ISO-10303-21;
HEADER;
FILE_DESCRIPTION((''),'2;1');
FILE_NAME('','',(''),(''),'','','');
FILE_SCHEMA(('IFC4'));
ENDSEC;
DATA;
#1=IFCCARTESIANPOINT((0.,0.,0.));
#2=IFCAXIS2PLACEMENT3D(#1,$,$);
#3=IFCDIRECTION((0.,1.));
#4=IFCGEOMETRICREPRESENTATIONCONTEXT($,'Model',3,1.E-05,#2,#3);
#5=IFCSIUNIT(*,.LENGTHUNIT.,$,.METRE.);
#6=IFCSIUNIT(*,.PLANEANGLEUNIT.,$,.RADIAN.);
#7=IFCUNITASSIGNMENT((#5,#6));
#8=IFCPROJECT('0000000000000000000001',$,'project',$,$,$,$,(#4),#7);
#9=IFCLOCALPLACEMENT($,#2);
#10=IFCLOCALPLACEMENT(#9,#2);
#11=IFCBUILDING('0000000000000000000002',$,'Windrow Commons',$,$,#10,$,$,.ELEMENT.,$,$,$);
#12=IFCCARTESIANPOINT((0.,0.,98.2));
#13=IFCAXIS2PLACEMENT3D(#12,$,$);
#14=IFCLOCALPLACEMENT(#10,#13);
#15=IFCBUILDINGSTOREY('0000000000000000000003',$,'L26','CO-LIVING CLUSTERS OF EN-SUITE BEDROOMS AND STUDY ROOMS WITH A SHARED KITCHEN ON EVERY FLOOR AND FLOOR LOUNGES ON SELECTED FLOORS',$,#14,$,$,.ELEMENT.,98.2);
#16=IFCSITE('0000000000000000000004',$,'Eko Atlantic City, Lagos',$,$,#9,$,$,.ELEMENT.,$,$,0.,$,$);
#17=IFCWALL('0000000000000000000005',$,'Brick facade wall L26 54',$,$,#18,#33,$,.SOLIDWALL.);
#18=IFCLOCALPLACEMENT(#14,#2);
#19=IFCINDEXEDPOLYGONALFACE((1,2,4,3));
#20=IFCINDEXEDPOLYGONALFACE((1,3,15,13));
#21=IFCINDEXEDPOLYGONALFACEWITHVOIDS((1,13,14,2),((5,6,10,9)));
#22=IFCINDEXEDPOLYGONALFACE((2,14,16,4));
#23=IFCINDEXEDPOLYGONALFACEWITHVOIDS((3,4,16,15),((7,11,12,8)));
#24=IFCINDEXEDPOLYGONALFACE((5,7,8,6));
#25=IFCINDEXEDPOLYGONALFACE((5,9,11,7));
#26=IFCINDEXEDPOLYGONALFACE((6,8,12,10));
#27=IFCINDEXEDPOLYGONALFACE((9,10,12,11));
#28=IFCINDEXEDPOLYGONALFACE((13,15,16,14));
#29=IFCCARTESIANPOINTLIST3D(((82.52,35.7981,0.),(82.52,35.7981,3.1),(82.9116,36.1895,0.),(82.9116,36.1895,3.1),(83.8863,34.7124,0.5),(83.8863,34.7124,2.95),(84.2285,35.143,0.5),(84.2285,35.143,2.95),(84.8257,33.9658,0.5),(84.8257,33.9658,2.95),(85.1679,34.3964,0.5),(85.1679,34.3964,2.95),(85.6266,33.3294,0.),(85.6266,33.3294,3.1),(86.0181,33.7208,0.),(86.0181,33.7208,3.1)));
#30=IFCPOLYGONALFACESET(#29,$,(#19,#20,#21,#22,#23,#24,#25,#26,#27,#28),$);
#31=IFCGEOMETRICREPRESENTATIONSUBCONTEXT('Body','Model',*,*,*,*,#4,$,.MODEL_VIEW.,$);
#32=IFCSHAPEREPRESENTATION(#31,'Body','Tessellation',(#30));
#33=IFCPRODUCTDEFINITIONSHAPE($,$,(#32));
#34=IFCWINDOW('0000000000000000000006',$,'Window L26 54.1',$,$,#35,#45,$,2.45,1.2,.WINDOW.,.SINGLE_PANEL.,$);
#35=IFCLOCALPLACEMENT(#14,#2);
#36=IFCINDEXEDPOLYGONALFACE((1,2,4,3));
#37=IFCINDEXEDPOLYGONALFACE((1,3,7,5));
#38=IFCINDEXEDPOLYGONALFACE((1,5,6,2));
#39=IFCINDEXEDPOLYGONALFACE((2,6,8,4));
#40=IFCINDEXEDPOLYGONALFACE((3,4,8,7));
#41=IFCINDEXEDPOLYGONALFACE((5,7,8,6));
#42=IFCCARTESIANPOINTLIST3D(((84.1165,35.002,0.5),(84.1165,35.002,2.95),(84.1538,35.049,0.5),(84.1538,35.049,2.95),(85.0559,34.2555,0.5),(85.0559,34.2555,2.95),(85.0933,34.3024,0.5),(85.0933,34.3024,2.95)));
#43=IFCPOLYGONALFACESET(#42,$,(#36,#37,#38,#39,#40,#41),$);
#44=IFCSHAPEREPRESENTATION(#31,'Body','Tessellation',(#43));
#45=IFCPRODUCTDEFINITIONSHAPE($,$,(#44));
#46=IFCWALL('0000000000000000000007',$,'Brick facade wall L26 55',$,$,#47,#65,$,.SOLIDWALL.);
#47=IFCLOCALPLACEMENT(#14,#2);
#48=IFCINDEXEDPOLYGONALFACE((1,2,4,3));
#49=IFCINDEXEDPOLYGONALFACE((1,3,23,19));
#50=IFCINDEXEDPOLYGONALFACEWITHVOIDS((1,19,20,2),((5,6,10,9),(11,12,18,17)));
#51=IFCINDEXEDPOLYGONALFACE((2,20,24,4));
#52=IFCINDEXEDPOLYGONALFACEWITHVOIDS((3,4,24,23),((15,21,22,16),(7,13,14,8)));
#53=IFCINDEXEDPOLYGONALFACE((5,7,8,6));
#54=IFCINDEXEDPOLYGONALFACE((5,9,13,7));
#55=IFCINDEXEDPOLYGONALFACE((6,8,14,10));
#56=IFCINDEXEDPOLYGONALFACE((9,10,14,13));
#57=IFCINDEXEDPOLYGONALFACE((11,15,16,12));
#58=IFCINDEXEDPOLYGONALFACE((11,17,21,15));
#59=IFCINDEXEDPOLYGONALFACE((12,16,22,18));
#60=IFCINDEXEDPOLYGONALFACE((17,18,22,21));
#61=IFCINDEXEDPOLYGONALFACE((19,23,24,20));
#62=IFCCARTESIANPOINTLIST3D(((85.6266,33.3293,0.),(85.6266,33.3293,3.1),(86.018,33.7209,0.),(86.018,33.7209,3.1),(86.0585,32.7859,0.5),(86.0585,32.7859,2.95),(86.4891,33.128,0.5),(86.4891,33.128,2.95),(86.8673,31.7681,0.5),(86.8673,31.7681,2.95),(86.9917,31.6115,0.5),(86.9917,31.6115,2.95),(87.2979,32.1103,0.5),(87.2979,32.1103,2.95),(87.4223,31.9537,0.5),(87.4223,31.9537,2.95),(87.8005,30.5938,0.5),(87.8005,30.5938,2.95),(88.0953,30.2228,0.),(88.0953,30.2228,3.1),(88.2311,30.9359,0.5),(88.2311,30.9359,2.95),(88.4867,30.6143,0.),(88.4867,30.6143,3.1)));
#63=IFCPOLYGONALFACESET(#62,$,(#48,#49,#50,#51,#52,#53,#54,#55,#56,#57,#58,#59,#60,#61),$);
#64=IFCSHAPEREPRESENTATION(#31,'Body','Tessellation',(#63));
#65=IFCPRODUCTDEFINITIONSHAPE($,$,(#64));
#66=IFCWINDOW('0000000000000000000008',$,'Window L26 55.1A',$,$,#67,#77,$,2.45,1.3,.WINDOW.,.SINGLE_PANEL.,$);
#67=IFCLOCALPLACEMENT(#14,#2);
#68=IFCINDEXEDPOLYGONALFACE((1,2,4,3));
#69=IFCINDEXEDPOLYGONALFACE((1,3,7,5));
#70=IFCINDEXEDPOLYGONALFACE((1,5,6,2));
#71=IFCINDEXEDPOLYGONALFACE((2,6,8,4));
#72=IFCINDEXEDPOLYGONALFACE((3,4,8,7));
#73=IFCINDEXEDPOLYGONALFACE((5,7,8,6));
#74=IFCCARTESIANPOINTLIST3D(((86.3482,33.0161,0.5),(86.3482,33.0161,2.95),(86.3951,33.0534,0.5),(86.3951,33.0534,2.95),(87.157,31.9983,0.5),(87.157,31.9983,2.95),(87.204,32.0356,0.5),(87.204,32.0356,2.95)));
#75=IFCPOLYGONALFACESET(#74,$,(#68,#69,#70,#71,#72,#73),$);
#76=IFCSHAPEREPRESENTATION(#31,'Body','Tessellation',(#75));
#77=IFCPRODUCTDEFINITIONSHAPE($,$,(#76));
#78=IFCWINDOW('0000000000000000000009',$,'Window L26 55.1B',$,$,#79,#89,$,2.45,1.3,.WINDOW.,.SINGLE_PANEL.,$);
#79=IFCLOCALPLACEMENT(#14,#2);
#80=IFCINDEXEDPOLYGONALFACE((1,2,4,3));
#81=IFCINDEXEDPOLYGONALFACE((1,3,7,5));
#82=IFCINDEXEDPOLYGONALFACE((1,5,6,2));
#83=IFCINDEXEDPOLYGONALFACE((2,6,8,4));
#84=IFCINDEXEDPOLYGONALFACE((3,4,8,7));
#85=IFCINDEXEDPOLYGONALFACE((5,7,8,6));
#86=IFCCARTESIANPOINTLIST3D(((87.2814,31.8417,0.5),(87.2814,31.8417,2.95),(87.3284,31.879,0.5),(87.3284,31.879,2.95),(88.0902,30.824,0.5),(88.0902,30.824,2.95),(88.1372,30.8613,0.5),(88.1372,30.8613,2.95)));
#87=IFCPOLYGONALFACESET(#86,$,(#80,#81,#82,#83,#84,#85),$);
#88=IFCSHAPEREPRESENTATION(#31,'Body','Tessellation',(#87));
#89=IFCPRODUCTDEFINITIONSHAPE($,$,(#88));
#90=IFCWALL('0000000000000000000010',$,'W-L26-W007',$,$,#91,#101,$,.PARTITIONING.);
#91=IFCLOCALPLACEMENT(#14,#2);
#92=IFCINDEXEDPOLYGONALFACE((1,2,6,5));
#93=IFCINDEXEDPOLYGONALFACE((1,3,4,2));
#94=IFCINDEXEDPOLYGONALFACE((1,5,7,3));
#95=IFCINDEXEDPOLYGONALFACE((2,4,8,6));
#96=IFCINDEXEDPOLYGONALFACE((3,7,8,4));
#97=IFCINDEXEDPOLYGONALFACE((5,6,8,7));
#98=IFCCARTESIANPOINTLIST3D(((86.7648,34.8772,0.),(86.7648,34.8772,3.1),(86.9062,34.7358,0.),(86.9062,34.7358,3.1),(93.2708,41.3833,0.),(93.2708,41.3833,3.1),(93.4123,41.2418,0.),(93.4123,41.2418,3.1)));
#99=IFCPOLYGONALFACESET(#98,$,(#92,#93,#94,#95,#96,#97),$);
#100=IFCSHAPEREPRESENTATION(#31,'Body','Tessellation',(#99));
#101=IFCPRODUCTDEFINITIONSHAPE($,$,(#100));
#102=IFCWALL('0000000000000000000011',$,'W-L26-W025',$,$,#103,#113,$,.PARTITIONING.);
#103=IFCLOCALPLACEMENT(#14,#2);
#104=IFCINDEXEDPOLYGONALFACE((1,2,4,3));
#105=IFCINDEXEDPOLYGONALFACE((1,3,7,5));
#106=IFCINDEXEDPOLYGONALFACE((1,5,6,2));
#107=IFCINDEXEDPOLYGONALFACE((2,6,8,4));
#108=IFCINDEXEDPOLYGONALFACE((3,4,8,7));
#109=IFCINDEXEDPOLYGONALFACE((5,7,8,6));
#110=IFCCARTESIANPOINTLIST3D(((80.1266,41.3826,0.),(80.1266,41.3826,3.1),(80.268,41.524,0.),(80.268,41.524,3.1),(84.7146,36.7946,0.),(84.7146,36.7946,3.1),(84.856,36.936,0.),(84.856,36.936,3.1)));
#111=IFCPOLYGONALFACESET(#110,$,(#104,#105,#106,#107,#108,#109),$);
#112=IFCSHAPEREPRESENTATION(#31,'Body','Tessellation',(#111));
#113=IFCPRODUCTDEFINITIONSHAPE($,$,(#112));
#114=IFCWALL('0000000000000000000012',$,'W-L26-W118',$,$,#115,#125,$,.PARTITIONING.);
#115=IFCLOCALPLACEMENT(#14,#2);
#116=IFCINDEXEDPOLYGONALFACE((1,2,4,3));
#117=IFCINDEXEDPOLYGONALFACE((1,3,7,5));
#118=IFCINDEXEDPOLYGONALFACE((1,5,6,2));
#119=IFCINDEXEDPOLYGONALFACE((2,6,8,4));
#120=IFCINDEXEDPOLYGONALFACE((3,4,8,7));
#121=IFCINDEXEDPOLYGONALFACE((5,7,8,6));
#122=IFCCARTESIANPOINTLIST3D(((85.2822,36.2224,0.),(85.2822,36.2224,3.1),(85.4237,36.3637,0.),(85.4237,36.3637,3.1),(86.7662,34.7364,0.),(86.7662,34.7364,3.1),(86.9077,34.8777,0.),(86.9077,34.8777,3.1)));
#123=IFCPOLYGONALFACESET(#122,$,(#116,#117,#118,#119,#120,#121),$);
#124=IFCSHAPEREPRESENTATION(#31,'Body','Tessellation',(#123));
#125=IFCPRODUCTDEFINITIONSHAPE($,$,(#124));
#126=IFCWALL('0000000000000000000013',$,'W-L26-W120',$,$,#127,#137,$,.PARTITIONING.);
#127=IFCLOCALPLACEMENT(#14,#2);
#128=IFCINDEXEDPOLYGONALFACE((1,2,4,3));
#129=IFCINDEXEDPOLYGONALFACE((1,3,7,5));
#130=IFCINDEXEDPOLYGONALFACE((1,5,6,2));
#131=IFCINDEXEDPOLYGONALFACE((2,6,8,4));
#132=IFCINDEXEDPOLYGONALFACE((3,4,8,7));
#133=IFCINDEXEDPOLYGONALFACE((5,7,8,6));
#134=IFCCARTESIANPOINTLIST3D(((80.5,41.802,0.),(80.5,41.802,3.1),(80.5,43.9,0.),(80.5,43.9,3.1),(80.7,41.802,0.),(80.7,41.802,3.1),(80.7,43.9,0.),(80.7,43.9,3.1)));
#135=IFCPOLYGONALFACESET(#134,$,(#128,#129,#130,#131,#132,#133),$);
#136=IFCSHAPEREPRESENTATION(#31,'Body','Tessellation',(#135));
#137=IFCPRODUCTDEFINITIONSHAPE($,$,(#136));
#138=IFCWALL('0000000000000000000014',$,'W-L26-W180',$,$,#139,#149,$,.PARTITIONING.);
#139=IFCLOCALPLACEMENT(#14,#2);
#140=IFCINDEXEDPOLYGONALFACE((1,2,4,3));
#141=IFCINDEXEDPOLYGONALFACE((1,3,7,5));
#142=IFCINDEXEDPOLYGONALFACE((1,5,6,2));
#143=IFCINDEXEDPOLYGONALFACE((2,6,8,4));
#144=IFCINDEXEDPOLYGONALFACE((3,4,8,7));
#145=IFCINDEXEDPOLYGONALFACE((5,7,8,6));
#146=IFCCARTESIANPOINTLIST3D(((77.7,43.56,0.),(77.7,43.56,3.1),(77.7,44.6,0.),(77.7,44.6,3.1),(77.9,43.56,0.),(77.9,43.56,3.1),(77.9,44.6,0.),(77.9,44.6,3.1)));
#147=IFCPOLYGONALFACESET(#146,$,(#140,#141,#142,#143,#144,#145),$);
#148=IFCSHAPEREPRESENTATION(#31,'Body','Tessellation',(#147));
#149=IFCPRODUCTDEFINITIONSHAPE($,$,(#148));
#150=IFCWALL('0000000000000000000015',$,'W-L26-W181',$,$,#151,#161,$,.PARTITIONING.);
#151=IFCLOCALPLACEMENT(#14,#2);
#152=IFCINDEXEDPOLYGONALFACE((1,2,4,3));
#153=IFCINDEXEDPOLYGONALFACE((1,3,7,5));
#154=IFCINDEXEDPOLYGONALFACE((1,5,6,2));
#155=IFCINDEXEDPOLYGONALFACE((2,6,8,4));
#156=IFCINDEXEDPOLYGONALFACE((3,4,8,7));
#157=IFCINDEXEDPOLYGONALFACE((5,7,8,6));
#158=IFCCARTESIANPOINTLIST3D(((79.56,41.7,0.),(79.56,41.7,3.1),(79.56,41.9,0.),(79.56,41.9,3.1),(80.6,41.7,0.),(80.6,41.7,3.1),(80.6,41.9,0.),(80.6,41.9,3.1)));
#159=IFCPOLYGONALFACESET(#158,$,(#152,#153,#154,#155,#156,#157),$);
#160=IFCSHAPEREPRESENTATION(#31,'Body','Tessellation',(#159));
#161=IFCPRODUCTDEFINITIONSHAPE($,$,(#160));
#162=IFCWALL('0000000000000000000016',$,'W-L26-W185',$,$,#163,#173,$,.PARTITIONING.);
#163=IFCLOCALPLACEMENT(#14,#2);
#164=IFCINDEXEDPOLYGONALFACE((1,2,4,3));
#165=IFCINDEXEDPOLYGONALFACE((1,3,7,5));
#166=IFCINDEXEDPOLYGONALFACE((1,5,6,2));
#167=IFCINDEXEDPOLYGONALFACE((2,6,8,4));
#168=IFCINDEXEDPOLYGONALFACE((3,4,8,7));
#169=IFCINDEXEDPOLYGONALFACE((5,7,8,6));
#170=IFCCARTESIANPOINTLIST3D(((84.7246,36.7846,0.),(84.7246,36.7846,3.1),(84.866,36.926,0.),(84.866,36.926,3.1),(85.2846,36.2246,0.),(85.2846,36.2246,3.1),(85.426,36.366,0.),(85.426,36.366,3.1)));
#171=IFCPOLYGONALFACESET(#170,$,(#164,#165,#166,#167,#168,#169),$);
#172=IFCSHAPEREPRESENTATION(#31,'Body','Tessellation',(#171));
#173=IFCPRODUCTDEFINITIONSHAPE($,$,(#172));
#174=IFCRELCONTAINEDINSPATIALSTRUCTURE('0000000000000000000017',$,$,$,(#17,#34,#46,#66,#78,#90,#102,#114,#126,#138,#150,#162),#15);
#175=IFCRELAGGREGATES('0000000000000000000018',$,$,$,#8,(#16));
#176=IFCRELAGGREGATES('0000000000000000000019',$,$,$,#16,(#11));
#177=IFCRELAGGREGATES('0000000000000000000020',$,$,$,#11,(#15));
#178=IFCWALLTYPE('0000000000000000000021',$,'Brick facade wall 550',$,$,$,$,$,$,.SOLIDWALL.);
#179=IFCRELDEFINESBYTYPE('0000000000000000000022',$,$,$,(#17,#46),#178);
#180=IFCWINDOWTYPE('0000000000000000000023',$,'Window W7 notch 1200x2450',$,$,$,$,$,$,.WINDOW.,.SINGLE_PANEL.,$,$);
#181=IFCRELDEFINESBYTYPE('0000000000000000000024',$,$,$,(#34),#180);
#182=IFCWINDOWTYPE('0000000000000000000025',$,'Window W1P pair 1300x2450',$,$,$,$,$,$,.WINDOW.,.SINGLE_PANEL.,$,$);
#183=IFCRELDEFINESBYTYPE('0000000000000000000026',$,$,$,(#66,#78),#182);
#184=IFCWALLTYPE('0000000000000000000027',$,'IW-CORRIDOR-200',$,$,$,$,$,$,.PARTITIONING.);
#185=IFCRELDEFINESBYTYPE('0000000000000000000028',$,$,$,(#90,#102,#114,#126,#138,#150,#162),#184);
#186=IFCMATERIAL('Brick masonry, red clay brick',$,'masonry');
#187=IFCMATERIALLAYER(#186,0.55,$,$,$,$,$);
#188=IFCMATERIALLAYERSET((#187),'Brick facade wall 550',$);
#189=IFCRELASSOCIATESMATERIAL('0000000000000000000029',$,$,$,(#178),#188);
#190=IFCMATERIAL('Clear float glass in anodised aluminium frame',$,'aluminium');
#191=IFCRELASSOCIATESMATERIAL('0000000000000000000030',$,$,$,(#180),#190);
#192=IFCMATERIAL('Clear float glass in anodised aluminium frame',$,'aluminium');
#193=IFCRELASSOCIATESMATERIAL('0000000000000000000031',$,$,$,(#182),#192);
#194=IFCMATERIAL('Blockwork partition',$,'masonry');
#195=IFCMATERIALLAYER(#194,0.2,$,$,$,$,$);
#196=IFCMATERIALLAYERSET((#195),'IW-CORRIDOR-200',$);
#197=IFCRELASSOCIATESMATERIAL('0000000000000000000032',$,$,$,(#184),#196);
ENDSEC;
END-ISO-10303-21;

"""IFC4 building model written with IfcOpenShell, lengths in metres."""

from ifc_helpers import new_model, si_unit, direction, frame, frame_2d, origin, place, context, subcontext, project, spatial, polyline, rectangle, outline, extrude, material, layer, layer_set, type_object, element, fill, save


model = new_model("IFC4")

# Units and contexts
model_context = context("Model", 3, precision=1e-05, world=origin(), true_north=direction((0.0, 1.0)))
body_context = subcontext(model_context, "Body", "Model", "MODEL_VIEW")
ifc_project = project(units=[si_unit("LENGTHUNIT", "METRE"), si_unit("PLANEANGLEUNIT", "RADIAN")], contexts=[model_context])

# Site, building, storey
site_placement = place(None, origin())
site = spatial("IfcSite", under=ifc_project, at=site_placement, Name="Eko Atlantic City, Lagos", CompositionType="ELEMENT", RefElevation=0.0)
building_placement = place(site_placement, origin())
building = spatial("IfcBuilding", under=site, at=building_placement, Name="Windrow Commons", CompositionType="ELEMENT")
storey_placement = place(building_placement, frame((0.0, 0.0, 98.2)))
storey = spatial("IfcBuildingStorey", under=building, at=storey_placement, Name="L26", Description="CO-LIVING CLUSTERS OF EN-SUITE BEDROOMS AND STUDY ROOMS WITH A SHARED KITCHEN ON EVERY FLOOR AND FLOOR LOUNGES ON SELECTED FLOORS", CompositionType="ELEMENT", Elevation=98.2)

# Shared definitions
ifc_material_1 = material(Name="Brick masonry, red clay brick", Category="masonry")
ifc_layer_1 = layer(ifc_material_1, 0.55)
ifc_layer_set_1 = layer_set([ifc_layer_1], Name="Brick facade wall 550")
wall_type_1 = type_object("IfcWallType", Name="Brick facade wall 550", PredefinedType="SOLIDWALL", material=ifc_layer_set_1)
ifc_material_2 = material(Name="Clear float glass in anodised aluminium frame", Category="aluminium")
window_type_1 = type_object("IfcWindowType", Name="Window W7 notch 1200x2450", PartitioningType="SINGLE_PANEL", PredefinedType="WINDOW", material=ifc_material_2)

# Wall, opening, window
wall_1_placement = place(storey_placement, frame((82.7158, 35.9938, 0.0), z_axis=(0.0, 0.0, 1.0), x_axis=(0.782893, -0.622156, 0.0)))
wall_1 = element("IfcWall", 1, at=wall_1_placement, inside=storey, type_object=wall_type_1, Name="Brick facade wall L26 54", PredefinedType="SOLIDWALL", context=body_context, shape_type="SweptSolid", body=[
    extrude(outline(polyline([(-0.0315, -0.275), (3.9365, -0.275), (3.9995, 0.275), (0.0315, 0.275), (-0.0315, -0.275)])), origin(), (0.0, 0.0, 1.0), 3.1),
])
opening_1_placement = place(wall_1_placement, frame((1.7136, 0.0, 0.5)))
opening_1 = element("IfcOpeningElement", 2, at=opening_1_placement, cuts=wall_1, PredefinedType="OPENING", context=body_context, shape_type="SweptSolid", body=[
    extrude(rectangle(XDim=1.2, YDim=2.45, at=frame_2d((0.6, 1.225))), frame((0.0, 0.285, 0.0), z_axis=(0.0, -1.0, 0.0), x_axis=(1.0, 0.0, 0.0)), (0.0, 0.0, 1.0), 0.57),
])
window_1_placement = place(opening_1_placement, origin())
window_1 = element("IfcWindow", 3, at=window_1_placement, inside=storey, type_object=window_type_1, Name="Window L26 54.1", OverallHeight=2.45, OverallWidth=1.2, PartitioningType="SINGLE_PANEL", PredefinedType="WINDOW", context=body_context, shape_type="SweptSolid", body=[
    extrude(rectangle(XDim=1.2, YDim=2.45, at=frame_2d((0.6, 1.225))), frame((0.0, 0.155, 0.0), z_axis=(0.0, -1.0, 0.0), x_axis=(1.0, 0.0, 0.0)), (0.0, 0.0, 1.0), 0.06),
])
fill(opening_1, window_1)

# Wall, openings, windows
wall_2_placement = place(storey_placement, frame((85.8223, 33.5251, 0.0), z_axis=(0.0, 0.0, 1.0), x_axis=(0.622156, -0.782893, 0.0)))
wall_2 = element("IfcWall", 4, at=wall_2_placement, inside=storey, type_object=wall_type_1, Name="Brick facade wall L26 55", PredefinedType="SOLIDWALL", context=body_context, shape_type="SweptSolid", body=[
    extrude(outline(polyline([(0.0315, -0.275), (3.9995, -0.275), (3.9365, 0.275), (-0.0315, 0.275), (0.0315, -0.275)])), origin(), (0.0, 0.0, 1.0), 3.1),
])
opening_2_placement = place(wall_2_placement, frame((0.7257, 0.0, 0.5)))
opening_2 = element("IfcOpeningElement", 5, at=opening_2_placement, cuts=wall_2, PredefinedType="OPENING", context=body_context, shape_type="SweptSolid", body=[
    extrude(rectangle(XDim=1.3, YDim=2.45, at=frame_2d((0.65, 1.225))), frame((0.0, 0.285, 0.0), z_axis=(0.0, -1.0, 0.0), x_axis=(1.0, 0.0, 0.0)), (0.0, 0.0, 1.0), 0.57),
])
opening_3_placement = place(wall_2_placement, frame((2.2257, 0.0, 0.5)))
opening_3 = element("IfcOpeningElement", 6, at=opening_3_placement, cuts=wall_2, PredefinedType="OPENING", context=body_context, shape_type="SweptSolid", body=[
    extrude(rectangle(XDim=1.3, YDim=2.45, at=frame_2d((0.65, 1.225))), frame((0.0, 0.285, 0.0), z_axis=(0.0, -1.0, 0.0), x_axis=(1.0, 0.0, 0.0)), (0.0, 0.0, 1.0), 0.57),
])
ifc_material_3 = material(Name="Clear float glass in anodised aluminium frame", Category="aluminium")
window_type_2 = type_object("IfcWindowType", Name="Window W1P pair 1300x2450", PartitioningType="SINGLE_PANEL", PredefinedType="WINDOW", material=ifc_material_3)
window_2_placement = place(opening_2_placement, origin())
window_2 = element("IfcWindow", 7, at=window_2_placement, inside=storey, type_object=window_type_2, Name="Window L26 55.1A", OverallHeight=2.45, OverallWidth=1.3, PartitioningType="SINGLE_PANEL", PredefinedType="WINDOW", context=body_context, shape_type="SweptSolid", body=[
    extrude(rectangle(XDim=1.3, YDim=2.45, at=frame_2d((0.65, 1.225))), frame((0.0, 0.155, 0.0), z_axis=(0.0, -1.0, 0.0), x_axis=(1.0, 0.0, 0.0)), (0.0, 0.0, 1.0), 0.06),
])
fill(opening_2, window_2)
window_3_placement = place(opening_3_placement, origin())
window_3 = element("IfcWindow", 8, at=window_3_placement, inside=storey, type_object=window_type_2, Name="Window L26 55.1B", OverallHeight=2.45, OverallWidth=1.3, PartitioningType="SINGLE_PANEL", PredefinedType="WINDOW", context=body_context, shape_type="SweptSolid", body=[
    extrude(rectangle(XDim=1.3, YDim=2.45, at=frame_2d((0.65, 1.225))), frame((0.0, 0.155, 0.0), z_axis=(0.0, -1.0, 0.0), x_axis=(1.0, 0.0, 0.0)), (0.0, 0.0, 1.0), 0.06),
])
fill(opening_3, window_3)

# Walls
ifc_material_4 = material(Name="Blockwork partition", Category="masonry")
ifc_layer_2 = layer(ifc_material_4, 0.2)
ifc_layer_set_2 = layer_set([ifc_layer_2], Name="IW-CORRIDOR-200")
wall_type_2 = type_object("IfcWallType", Name="IW-CORRIDOR-200", PredefinedType="PARTITIONING", material=ifc_layer_set_2)
wall_3_placement = place(storey_placement, frame((86.8355, 34.8065, 0.0), z_axis=(0.0, 0.0, 1.0), x_axis=(0.707107, 0.707107, 0.0)))
element("IfcWall", 9, at=wall_3_placement, inside=storey, type_object=wall_type_2, Name="W-L26-W007", PredefinedType="PARTITIONING", context=body_context, shape_type="SweptSolid", body=[
    extrude(rectangle(XDim=9.2009, YDim=0.2, at=frame_2d((4.6005, 0.0))), origin(), (0.0, 0.0, 1.0), 3.1),
])
wall_4_placement = place(storey_placement, frame((80.1973, 41.4533, 0.0), z_axis=(0.0, 0.0, 1.0), x_axis=(0.707107, -0.707107, 0.0)))
element("IfcWall", 10, at=wall_4_placement, inside=storey, type_object=wall_type_2, Name="W-L26-W025", PredefinedType="PARTITIONING", context=body_context, shape_type="SweptSolid", body=[
    extrude(rectangle(XDim=6.4884, YDim=0.2, at=frame_2d((3.2442, 0.0))), origin(), (0.0, 0.0, 1.0), 3.1),
])
wall_5_placement = place(storey_placement, frame((85.353, 36.293, 0.0), z_axis=(0.0, 0.0, 1.0), x_axis=(0.70663, -0.707583, 0.0)))
element("IfcWall", 11, at=wall_5_placement, inside=storey, type_object=wall_type_2, Name="W-L26-W118", PredefinedType="PARTITIONING", context=body_context, shape_type="SweptSolid", body=[
    extrude(rectangle(XDim=2.1001, YDim=0.2, at=frame_2d((1.05, 0.0))), origin(), (0.0, 0.0, 1.0), 3.1),
])
wall_6_placement = place(storey_placement, frame((80.6, 41.802, 0.0), z_axis=(0.0, 0.0, 1.0), x_axis=(0.0, 1.0, 0.0)))
element("IfcWall", 12, at=wall_6_placement, inside=storey, type_object=wall_type_2, Name="W-L26-W120", PredefinedType="PARTITIONING", context=body_context, shape_type="SweptSolid", body=[
    extrude(rectangle(XDim=2.098, YDim=0.2, at=frame_2d((1.049, 0.0))), origin(), (0.0, 0.0, 1.0), 3.1),
])
for number, where, z_axis, x_axis, name in (
    (13, (77.8, 43.56, 0.0), (0.0, 0.0, 1.0), (0.0, 1.0, 0.0), "W-L26-W180"),
    (14, (79.56, 41.8, 0.0), (0.0, 0.0, 1.0), (1.0, 0.0, 0.0), "W-L26-W181"),
):
    element("IfcWall", number, at=place(storey_placement, frame(where, z_axis=z_axis, x_axis=x_axis)), inside=storey, type_object=wall_type_2, Name=name, PredefinedType="PARTITIONING", context=body_context, shape_type="SweptSolid", body=[
        extrude(rectangle(XDim=1.04, YDim=0.2, at=frame_2d((0.52, 0.0))), origin(), (0.0, 0.0, 1.0), 3.1),
    ])
wall_7_placement = place(storey_placement, frame((84.7953, 36.8553, 0.0), z_axis=(0.0, 0.0, 1.0), x_axis=(0.707107, -0.707107, 0.0)))
element("IfcWall", 15, at=wall_7_placement, inside=storey, type_object=wall_type_2, Name="W-L26-W185", PredefinedType="PARTITIONING", context=body_context, shape_type="SweptSolid", body=[
    extrude(rectangle(XDim=0.792, YDim=0.2, at=frame_2d((0.396, 0.0))), origin(), (0.0, 0.0, 1.0), 3.1),
])

save(model, "model.ifc")
